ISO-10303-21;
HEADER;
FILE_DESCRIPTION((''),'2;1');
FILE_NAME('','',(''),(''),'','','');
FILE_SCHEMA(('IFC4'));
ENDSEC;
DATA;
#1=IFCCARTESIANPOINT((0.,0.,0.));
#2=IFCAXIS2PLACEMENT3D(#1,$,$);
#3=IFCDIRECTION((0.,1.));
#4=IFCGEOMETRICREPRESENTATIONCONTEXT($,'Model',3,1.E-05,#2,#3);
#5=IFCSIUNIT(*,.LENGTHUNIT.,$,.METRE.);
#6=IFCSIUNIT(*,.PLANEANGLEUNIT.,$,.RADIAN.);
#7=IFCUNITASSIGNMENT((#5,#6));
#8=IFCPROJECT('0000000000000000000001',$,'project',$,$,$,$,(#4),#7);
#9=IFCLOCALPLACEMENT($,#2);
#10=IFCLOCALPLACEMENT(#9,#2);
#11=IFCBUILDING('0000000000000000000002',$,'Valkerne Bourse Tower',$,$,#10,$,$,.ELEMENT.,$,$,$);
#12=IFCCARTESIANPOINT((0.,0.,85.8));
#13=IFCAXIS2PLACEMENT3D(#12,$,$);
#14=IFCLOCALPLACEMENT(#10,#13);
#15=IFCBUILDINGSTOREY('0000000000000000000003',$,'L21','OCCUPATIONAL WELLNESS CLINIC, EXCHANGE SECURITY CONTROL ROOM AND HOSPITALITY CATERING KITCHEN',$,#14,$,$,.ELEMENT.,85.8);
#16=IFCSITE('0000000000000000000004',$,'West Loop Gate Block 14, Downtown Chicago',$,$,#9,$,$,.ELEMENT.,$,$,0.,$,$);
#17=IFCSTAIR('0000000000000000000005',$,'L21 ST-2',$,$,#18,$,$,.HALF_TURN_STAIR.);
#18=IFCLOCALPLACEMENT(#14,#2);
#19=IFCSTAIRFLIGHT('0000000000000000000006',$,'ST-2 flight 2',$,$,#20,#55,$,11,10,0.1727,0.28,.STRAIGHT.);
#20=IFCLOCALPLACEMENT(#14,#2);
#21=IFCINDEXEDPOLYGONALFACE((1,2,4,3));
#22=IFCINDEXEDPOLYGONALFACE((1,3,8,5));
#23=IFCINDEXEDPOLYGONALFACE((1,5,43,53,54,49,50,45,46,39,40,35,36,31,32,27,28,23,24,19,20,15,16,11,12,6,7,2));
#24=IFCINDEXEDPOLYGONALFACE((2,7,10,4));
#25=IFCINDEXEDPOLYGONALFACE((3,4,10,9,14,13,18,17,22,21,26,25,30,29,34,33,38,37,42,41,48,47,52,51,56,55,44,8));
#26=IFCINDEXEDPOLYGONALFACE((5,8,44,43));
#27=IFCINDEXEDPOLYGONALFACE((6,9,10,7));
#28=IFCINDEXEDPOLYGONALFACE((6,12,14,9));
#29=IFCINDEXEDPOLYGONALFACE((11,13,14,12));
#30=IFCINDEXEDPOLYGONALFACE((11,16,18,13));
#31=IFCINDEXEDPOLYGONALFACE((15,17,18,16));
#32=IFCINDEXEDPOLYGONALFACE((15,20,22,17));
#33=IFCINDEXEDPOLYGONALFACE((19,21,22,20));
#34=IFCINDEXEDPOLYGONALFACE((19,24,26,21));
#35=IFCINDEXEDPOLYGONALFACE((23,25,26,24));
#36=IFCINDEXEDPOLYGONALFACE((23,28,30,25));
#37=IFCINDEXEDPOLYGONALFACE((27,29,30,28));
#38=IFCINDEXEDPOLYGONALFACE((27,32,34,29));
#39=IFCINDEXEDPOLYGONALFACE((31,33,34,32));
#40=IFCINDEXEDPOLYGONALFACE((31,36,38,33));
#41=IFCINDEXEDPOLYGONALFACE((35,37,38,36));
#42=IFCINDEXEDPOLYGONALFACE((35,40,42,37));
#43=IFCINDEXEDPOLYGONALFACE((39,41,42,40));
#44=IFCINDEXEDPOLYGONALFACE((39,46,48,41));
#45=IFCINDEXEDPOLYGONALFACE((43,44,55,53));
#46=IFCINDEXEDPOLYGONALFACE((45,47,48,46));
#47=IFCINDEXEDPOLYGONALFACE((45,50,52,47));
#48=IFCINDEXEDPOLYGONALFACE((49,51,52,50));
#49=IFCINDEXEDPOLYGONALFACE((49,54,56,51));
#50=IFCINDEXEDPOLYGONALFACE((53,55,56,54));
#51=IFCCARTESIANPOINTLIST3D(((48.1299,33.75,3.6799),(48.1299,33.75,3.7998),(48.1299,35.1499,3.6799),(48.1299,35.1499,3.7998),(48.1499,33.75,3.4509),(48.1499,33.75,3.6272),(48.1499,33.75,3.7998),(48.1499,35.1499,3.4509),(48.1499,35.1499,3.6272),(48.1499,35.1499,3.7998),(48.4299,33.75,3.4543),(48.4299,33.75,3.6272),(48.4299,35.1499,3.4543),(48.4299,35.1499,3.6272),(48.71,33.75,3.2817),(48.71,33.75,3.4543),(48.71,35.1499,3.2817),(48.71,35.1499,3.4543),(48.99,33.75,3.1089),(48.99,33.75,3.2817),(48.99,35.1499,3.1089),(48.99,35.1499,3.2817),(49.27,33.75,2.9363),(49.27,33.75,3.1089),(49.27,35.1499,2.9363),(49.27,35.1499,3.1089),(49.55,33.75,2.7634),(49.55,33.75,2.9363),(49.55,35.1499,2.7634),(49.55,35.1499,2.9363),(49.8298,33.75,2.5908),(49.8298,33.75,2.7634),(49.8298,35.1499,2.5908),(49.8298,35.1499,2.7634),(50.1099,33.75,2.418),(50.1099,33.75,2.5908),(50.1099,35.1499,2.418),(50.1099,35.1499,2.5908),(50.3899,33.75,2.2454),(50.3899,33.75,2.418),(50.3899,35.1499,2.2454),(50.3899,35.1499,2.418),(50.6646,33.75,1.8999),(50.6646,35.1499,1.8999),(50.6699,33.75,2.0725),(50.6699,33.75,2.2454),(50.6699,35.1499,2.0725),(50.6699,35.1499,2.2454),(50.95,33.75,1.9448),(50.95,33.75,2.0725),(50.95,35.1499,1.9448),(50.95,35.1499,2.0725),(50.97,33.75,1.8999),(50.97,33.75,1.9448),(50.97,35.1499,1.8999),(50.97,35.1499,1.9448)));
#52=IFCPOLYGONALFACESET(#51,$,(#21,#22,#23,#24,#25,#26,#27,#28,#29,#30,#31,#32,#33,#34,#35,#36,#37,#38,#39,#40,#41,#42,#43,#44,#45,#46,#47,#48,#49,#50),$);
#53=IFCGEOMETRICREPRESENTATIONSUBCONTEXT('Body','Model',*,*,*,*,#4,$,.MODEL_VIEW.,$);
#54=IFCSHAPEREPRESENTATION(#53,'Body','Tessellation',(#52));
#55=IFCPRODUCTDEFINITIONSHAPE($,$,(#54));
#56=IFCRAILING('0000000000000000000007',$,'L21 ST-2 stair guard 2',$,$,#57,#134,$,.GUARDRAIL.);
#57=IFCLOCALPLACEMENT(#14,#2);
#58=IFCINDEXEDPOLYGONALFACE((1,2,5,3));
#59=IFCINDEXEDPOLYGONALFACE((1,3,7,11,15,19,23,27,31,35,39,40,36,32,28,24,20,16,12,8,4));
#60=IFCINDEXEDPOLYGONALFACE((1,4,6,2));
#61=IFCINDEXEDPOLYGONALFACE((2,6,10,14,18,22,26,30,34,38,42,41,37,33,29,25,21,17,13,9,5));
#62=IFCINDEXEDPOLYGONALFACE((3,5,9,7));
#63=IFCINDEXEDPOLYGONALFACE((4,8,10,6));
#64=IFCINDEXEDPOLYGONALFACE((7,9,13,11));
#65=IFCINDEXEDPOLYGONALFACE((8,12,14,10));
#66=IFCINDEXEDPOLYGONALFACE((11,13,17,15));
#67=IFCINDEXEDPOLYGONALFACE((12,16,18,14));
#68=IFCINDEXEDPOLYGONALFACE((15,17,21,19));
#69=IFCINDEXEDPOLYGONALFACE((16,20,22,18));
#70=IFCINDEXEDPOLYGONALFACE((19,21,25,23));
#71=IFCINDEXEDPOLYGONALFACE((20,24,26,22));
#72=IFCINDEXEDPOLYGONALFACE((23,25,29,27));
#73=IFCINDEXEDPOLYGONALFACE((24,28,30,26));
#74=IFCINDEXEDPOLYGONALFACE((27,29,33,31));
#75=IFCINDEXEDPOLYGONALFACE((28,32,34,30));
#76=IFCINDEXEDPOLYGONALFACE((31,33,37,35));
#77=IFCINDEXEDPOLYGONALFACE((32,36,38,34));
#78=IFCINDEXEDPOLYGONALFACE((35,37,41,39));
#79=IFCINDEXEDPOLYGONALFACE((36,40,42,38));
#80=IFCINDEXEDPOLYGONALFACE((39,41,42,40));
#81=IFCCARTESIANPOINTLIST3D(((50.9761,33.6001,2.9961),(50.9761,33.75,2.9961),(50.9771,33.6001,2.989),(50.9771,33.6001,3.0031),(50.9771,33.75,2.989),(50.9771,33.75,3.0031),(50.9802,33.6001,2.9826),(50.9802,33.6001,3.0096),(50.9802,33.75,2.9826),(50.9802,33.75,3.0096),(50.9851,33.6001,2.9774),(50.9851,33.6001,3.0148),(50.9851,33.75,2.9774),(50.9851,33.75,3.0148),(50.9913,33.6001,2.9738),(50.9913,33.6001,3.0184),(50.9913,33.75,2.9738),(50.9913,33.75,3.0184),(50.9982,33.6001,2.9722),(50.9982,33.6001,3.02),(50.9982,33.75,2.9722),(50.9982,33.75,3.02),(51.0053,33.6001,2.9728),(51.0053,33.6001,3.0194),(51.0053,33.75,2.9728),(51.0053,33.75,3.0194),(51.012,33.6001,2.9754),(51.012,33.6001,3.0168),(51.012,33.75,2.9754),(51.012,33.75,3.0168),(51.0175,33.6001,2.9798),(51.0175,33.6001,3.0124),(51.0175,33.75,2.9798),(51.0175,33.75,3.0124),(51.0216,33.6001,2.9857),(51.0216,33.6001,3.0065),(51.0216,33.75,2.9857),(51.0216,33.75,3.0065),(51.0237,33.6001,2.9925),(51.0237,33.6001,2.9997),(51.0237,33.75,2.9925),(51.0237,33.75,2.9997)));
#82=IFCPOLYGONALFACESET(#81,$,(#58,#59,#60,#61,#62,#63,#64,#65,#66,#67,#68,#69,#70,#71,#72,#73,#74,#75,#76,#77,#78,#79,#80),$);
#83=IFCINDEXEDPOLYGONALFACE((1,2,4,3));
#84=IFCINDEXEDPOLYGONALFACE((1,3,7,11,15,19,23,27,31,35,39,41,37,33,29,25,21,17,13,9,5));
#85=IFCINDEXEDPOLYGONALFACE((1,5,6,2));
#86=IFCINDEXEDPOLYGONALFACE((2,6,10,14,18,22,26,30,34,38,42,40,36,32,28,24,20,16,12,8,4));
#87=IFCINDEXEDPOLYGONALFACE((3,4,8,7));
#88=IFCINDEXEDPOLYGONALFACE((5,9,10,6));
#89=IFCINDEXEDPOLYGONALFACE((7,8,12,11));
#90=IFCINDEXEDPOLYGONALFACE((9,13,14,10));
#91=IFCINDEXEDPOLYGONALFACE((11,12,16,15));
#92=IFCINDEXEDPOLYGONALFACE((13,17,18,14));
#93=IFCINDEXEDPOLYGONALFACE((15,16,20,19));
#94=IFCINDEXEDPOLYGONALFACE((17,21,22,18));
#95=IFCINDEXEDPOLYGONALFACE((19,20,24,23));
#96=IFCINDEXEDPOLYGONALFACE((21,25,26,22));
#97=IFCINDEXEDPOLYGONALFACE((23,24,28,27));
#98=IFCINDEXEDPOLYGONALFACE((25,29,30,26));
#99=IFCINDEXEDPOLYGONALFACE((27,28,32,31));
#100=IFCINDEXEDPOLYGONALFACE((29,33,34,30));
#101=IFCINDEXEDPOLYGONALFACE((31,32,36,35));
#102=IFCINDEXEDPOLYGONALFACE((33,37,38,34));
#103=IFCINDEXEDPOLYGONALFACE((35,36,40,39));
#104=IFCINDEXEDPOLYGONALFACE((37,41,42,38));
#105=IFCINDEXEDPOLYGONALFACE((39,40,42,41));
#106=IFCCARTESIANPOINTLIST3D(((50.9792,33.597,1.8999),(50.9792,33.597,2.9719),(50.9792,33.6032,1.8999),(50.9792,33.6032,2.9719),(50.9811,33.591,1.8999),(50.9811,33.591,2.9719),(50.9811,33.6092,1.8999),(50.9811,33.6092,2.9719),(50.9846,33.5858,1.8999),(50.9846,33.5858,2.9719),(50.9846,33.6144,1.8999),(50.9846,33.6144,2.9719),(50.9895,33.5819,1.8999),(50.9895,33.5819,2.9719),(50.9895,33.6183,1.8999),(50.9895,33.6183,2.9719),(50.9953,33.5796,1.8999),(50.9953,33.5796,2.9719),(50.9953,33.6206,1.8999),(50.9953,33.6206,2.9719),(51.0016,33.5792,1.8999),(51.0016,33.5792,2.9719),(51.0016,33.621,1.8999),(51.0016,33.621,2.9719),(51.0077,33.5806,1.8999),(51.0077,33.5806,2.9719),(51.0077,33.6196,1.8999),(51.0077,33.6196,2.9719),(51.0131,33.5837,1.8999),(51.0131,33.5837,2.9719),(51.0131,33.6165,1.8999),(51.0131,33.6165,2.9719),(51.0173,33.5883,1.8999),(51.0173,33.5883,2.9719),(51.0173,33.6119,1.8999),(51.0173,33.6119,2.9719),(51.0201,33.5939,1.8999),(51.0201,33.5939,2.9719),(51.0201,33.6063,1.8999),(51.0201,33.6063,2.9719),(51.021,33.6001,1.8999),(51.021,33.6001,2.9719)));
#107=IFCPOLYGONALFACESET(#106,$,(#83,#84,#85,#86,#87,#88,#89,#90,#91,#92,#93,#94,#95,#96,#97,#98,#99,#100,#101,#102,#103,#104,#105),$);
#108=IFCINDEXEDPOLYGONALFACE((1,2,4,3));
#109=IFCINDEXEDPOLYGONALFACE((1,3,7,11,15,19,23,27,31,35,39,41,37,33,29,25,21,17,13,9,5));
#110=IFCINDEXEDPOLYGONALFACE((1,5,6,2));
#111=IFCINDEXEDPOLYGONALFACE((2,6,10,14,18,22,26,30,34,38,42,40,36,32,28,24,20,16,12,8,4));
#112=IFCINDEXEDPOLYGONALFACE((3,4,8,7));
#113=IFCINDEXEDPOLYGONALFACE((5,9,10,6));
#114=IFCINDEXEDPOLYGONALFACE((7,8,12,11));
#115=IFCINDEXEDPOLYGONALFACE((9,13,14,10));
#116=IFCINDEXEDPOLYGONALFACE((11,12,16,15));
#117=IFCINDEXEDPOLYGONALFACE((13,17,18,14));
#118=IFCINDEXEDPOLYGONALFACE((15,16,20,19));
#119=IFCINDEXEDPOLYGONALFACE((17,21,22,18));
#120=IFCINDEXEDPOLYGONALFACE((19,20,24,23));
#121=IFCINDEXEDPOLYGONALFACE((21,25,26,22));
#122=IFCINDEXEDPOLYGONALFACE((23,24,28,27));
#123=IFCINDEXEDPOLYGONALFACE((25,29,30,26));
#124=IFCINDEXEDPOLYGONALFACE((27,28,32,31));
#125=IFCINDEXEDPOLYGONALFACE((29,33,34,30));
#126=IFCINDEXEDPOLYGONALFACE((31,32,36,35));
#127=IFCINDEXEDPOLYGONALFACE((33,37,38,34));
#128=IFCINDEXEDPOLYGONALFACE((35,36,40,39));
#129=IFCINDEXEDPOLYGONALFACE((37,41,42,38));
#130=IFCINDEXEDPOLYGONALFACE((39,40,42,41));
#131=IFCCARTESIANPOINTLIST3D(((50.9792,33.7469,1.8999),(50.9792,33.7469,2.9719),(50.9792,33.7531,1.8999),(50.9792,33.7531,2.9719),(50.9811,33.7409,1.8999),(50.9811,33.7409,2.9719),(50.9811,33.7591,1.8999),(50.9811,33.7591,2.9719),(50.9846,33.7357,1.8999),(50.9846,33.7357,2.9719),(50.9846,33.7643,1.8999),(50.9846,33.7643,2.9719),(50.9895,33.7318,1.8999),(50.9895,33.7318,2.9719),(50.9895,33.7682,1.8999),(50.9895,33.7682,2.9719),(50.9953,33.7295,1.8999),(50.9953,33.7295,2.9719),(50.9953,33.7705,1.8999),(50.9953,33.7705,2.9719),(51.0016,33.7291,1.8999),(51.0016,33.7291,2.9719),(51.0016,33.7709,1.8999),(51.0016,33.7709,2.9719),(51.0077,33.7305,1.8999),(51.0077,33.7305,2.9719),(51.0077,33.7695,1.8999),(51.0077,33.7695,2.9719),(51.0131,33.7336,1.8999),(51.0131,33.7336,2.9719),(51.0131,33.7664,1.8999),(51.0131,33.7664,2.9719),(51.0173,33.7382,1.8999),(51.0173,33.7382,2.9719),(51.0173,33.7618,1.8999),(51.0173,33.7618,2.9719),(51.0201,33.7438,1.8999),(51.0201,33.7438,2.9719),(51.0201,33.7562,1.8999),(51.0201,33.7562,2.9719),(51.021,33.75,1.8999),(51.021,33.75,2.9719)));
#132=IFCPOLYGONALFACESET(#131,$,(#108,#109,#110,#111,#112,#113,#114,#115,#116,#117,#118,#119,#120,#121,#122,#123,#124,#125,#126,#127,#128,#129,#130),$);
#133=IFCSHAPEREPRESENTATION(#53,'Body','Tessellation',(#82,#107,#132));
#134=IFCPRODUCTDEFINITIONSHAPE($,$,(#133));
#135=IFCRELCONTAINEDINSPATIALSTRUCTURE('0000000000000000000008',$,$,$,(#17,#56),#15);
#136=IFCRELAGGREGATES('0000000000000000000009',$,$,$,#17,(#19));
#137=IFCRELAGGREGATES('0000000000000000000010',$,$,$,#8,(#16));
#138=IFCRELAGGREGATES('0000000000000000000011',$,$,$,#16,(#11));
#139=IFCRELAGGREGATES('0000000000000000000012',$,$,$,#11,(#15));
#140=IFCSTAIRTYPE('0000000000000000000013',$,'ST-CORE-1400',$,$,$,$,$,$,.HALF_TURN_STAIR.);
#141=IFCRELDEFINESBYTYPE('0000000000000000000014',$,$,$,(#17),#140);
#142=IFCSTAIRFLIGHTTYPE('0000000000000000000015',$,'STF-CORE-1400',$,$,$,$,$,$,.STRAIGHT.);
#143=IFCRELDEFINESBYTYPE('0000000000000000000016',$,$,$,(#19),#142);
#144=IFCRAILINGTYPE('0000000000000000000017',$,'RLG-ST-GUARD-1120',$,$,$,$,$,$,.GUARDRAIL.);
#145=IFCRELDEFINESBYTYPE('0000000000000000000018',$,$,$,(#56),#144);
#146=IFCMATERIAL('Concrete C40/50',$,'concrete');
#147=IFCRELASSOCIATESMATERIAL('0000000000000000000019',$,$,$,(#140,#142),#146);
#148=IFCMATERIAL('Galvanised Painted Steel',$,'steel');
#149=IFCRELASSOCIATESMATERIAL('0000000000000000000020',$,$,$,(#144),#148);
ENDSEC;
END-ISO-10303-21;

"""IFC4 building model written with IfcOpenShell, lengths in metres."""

from ifc_helpers import new_model, si_unit, direction, frame, origin, origin_2d, place, context, subcontext, project, spatial, polyline, circle, outline, extrude, material, type_object, element, aggregate, save


model = new_model("IFC4")

# Units and contexts
model_context = context("Model", 3, precision=1e-05, world=origin(), true_north=direction((0.0, 1.0)))
body_context = subcontext(model_context, "Body", "Model", "MODEL_VIEW")
ifc_project = project(units=[si_unit("LENGTHUNIT", "METRE"), si_unit("PLANEANGLEUNIT", "RADIAN")], contexts=[model_context])

# Site, building, storey
site_placement = place(None, origin())
site = spatial("IfcSite", under=ifc_project, at=site_placement, Name="West Loop Gate Block 14, Downtown Chicago", CompositionType="ELEMENT", RefElevation=0.0)
building_placement = place(site_placement, origin())
building = spatial("IfcBuilding", under=site, at=building_placement, Name="Valkerne Bourse Tower", CompositionType="ELEMENT")
storey_placement = place(building_placement, frame((0.0, 0.0, 85.8)))
storey = spatial("IfcBuildingStorey", under=building, at=storey_placement, Name="L21", Description="OCCUPATIONAL WELLNESS CLINIC, EXCHANGE SECURITY CONTROL ROOM AND HOSPITALITY CATERING KITCHEN", CompositionType="ELEMENT", Elevation=85.8)

# Shared definitions
ifc_material_1 = material(Name="Concrete C40/50", Category="concrete")

# Stair, stair flight
stair_type = type_object("IfcStairType", Name="ST-CORE-1400", PredefinedType="HALF_TURN_STAIR", material=ifc_material_1)
stair_placement = place(storey_placement, origin())
stair = element("IfcStair", 1, at=stair_placement, inside=storey, type_object=stair_type, Name="L21 ST-2", PredefinedType="HALF_TURN_STAIR")
stair_flight_type = type_object("IfcStairFlightType", Name="STF-CORE-1400", PredefinedType="STRAIGHT", material=ifc_material_1)
stair_flight_placement = place(storey_placement, frame((50.95, 34.45, 1.8999), z_axis=(0.0, 0.0, 1.0), x_axis=(-1.0, 0.0, 0.0)))
stair_flight = element("IfcStairFlight", 2, at=stair_flight_placement, type_object=stair_flight_type, Name="ST-2 flight 2", NumberOfRisers=11, NumberOfTreads=10, PredefinedType="STRAIGHT", RiserHeight=0.1727, TreadLength=0.28, context=body_context, shape_type="SweptSolid", body=[
    extrude(outline(polyline([(-0.02, 0.0), (-0.02, 0.0449), (0.0, 0.0449), (0.0, 0.1726), (0.28, 0.1726), (0.28, 0.3455), (0.5601, 0.3455), (0.5601, 0.5181), (0.8401, 0.5181), (0.8401, 0.6909), (1.1201, 0.6909), (1.1201, 0.8635), (1.3999, 0.8635), (1.3999, 1.0364), (1.6799, 1.0364), (1.6799, 1.209), (1.96, 1.209), (1.96, 1.3818), (2.24, 1.3818), (2.24, 1.5544), (2.52, 1.5544), (2.52, 1.7273), (2.8, 1.7273), (2.8, 1.8999), (2.8201, 1.8999), (2.8201, 1.78), (2.8, 1.551), (0.2854, 0.0), (-0.02, 0.0)])), frame((0.0, 0.7, 0.0), z_axis=(0.0, -1.0, 0.0), x_axis=(1.0, 0.0, 0.0)), (0.0, 0.0, 1.0), 1.3999),
])
aggregate(stair, [stair_flight])

# Railing
ifc_material_2 = material(Name="Galvanised Painted Steel", Category="steel")
railing_type_1 = type_object("IfcRailingType", Name="RLG-ST-GUARD-1120", PredefinedType="GUARDRAIL", material=ifc_material_2)
railing_1_placement = place(storey_placement, frame((51.0, 33.6001, 1.8999)))
element("IfcRailing", 3, at=railing_1_placement, inside=storey, type_object=railing_type_1, Name="L21 ST-2 stair guard 2", PredefinedType="GUARDRAIL", context=body_context, shape_type="SweptSolid", body=[
    extrude(circle(Radius=0.0239, at=origin_2d()), frame((0.0, 0.0, 1.0962), z_axis=(0.0, 1.0, 0.0), x_axis=(-1.0, 0.0, 0.0)), (0.0, 0.0, 1.0), 0.1499),
    extrude(circle(Radius=0.021, at=origin_2d()), origin(), (0.0, 0.0, 1.0), 1.072),
    extrude(circle(Radius=0.021, at=origin_2d()), frame((0.0, 0.1499, 0.0)), (0.0, 0.0, 1.0), 1.072),
])

save(model, "model.ifc")
